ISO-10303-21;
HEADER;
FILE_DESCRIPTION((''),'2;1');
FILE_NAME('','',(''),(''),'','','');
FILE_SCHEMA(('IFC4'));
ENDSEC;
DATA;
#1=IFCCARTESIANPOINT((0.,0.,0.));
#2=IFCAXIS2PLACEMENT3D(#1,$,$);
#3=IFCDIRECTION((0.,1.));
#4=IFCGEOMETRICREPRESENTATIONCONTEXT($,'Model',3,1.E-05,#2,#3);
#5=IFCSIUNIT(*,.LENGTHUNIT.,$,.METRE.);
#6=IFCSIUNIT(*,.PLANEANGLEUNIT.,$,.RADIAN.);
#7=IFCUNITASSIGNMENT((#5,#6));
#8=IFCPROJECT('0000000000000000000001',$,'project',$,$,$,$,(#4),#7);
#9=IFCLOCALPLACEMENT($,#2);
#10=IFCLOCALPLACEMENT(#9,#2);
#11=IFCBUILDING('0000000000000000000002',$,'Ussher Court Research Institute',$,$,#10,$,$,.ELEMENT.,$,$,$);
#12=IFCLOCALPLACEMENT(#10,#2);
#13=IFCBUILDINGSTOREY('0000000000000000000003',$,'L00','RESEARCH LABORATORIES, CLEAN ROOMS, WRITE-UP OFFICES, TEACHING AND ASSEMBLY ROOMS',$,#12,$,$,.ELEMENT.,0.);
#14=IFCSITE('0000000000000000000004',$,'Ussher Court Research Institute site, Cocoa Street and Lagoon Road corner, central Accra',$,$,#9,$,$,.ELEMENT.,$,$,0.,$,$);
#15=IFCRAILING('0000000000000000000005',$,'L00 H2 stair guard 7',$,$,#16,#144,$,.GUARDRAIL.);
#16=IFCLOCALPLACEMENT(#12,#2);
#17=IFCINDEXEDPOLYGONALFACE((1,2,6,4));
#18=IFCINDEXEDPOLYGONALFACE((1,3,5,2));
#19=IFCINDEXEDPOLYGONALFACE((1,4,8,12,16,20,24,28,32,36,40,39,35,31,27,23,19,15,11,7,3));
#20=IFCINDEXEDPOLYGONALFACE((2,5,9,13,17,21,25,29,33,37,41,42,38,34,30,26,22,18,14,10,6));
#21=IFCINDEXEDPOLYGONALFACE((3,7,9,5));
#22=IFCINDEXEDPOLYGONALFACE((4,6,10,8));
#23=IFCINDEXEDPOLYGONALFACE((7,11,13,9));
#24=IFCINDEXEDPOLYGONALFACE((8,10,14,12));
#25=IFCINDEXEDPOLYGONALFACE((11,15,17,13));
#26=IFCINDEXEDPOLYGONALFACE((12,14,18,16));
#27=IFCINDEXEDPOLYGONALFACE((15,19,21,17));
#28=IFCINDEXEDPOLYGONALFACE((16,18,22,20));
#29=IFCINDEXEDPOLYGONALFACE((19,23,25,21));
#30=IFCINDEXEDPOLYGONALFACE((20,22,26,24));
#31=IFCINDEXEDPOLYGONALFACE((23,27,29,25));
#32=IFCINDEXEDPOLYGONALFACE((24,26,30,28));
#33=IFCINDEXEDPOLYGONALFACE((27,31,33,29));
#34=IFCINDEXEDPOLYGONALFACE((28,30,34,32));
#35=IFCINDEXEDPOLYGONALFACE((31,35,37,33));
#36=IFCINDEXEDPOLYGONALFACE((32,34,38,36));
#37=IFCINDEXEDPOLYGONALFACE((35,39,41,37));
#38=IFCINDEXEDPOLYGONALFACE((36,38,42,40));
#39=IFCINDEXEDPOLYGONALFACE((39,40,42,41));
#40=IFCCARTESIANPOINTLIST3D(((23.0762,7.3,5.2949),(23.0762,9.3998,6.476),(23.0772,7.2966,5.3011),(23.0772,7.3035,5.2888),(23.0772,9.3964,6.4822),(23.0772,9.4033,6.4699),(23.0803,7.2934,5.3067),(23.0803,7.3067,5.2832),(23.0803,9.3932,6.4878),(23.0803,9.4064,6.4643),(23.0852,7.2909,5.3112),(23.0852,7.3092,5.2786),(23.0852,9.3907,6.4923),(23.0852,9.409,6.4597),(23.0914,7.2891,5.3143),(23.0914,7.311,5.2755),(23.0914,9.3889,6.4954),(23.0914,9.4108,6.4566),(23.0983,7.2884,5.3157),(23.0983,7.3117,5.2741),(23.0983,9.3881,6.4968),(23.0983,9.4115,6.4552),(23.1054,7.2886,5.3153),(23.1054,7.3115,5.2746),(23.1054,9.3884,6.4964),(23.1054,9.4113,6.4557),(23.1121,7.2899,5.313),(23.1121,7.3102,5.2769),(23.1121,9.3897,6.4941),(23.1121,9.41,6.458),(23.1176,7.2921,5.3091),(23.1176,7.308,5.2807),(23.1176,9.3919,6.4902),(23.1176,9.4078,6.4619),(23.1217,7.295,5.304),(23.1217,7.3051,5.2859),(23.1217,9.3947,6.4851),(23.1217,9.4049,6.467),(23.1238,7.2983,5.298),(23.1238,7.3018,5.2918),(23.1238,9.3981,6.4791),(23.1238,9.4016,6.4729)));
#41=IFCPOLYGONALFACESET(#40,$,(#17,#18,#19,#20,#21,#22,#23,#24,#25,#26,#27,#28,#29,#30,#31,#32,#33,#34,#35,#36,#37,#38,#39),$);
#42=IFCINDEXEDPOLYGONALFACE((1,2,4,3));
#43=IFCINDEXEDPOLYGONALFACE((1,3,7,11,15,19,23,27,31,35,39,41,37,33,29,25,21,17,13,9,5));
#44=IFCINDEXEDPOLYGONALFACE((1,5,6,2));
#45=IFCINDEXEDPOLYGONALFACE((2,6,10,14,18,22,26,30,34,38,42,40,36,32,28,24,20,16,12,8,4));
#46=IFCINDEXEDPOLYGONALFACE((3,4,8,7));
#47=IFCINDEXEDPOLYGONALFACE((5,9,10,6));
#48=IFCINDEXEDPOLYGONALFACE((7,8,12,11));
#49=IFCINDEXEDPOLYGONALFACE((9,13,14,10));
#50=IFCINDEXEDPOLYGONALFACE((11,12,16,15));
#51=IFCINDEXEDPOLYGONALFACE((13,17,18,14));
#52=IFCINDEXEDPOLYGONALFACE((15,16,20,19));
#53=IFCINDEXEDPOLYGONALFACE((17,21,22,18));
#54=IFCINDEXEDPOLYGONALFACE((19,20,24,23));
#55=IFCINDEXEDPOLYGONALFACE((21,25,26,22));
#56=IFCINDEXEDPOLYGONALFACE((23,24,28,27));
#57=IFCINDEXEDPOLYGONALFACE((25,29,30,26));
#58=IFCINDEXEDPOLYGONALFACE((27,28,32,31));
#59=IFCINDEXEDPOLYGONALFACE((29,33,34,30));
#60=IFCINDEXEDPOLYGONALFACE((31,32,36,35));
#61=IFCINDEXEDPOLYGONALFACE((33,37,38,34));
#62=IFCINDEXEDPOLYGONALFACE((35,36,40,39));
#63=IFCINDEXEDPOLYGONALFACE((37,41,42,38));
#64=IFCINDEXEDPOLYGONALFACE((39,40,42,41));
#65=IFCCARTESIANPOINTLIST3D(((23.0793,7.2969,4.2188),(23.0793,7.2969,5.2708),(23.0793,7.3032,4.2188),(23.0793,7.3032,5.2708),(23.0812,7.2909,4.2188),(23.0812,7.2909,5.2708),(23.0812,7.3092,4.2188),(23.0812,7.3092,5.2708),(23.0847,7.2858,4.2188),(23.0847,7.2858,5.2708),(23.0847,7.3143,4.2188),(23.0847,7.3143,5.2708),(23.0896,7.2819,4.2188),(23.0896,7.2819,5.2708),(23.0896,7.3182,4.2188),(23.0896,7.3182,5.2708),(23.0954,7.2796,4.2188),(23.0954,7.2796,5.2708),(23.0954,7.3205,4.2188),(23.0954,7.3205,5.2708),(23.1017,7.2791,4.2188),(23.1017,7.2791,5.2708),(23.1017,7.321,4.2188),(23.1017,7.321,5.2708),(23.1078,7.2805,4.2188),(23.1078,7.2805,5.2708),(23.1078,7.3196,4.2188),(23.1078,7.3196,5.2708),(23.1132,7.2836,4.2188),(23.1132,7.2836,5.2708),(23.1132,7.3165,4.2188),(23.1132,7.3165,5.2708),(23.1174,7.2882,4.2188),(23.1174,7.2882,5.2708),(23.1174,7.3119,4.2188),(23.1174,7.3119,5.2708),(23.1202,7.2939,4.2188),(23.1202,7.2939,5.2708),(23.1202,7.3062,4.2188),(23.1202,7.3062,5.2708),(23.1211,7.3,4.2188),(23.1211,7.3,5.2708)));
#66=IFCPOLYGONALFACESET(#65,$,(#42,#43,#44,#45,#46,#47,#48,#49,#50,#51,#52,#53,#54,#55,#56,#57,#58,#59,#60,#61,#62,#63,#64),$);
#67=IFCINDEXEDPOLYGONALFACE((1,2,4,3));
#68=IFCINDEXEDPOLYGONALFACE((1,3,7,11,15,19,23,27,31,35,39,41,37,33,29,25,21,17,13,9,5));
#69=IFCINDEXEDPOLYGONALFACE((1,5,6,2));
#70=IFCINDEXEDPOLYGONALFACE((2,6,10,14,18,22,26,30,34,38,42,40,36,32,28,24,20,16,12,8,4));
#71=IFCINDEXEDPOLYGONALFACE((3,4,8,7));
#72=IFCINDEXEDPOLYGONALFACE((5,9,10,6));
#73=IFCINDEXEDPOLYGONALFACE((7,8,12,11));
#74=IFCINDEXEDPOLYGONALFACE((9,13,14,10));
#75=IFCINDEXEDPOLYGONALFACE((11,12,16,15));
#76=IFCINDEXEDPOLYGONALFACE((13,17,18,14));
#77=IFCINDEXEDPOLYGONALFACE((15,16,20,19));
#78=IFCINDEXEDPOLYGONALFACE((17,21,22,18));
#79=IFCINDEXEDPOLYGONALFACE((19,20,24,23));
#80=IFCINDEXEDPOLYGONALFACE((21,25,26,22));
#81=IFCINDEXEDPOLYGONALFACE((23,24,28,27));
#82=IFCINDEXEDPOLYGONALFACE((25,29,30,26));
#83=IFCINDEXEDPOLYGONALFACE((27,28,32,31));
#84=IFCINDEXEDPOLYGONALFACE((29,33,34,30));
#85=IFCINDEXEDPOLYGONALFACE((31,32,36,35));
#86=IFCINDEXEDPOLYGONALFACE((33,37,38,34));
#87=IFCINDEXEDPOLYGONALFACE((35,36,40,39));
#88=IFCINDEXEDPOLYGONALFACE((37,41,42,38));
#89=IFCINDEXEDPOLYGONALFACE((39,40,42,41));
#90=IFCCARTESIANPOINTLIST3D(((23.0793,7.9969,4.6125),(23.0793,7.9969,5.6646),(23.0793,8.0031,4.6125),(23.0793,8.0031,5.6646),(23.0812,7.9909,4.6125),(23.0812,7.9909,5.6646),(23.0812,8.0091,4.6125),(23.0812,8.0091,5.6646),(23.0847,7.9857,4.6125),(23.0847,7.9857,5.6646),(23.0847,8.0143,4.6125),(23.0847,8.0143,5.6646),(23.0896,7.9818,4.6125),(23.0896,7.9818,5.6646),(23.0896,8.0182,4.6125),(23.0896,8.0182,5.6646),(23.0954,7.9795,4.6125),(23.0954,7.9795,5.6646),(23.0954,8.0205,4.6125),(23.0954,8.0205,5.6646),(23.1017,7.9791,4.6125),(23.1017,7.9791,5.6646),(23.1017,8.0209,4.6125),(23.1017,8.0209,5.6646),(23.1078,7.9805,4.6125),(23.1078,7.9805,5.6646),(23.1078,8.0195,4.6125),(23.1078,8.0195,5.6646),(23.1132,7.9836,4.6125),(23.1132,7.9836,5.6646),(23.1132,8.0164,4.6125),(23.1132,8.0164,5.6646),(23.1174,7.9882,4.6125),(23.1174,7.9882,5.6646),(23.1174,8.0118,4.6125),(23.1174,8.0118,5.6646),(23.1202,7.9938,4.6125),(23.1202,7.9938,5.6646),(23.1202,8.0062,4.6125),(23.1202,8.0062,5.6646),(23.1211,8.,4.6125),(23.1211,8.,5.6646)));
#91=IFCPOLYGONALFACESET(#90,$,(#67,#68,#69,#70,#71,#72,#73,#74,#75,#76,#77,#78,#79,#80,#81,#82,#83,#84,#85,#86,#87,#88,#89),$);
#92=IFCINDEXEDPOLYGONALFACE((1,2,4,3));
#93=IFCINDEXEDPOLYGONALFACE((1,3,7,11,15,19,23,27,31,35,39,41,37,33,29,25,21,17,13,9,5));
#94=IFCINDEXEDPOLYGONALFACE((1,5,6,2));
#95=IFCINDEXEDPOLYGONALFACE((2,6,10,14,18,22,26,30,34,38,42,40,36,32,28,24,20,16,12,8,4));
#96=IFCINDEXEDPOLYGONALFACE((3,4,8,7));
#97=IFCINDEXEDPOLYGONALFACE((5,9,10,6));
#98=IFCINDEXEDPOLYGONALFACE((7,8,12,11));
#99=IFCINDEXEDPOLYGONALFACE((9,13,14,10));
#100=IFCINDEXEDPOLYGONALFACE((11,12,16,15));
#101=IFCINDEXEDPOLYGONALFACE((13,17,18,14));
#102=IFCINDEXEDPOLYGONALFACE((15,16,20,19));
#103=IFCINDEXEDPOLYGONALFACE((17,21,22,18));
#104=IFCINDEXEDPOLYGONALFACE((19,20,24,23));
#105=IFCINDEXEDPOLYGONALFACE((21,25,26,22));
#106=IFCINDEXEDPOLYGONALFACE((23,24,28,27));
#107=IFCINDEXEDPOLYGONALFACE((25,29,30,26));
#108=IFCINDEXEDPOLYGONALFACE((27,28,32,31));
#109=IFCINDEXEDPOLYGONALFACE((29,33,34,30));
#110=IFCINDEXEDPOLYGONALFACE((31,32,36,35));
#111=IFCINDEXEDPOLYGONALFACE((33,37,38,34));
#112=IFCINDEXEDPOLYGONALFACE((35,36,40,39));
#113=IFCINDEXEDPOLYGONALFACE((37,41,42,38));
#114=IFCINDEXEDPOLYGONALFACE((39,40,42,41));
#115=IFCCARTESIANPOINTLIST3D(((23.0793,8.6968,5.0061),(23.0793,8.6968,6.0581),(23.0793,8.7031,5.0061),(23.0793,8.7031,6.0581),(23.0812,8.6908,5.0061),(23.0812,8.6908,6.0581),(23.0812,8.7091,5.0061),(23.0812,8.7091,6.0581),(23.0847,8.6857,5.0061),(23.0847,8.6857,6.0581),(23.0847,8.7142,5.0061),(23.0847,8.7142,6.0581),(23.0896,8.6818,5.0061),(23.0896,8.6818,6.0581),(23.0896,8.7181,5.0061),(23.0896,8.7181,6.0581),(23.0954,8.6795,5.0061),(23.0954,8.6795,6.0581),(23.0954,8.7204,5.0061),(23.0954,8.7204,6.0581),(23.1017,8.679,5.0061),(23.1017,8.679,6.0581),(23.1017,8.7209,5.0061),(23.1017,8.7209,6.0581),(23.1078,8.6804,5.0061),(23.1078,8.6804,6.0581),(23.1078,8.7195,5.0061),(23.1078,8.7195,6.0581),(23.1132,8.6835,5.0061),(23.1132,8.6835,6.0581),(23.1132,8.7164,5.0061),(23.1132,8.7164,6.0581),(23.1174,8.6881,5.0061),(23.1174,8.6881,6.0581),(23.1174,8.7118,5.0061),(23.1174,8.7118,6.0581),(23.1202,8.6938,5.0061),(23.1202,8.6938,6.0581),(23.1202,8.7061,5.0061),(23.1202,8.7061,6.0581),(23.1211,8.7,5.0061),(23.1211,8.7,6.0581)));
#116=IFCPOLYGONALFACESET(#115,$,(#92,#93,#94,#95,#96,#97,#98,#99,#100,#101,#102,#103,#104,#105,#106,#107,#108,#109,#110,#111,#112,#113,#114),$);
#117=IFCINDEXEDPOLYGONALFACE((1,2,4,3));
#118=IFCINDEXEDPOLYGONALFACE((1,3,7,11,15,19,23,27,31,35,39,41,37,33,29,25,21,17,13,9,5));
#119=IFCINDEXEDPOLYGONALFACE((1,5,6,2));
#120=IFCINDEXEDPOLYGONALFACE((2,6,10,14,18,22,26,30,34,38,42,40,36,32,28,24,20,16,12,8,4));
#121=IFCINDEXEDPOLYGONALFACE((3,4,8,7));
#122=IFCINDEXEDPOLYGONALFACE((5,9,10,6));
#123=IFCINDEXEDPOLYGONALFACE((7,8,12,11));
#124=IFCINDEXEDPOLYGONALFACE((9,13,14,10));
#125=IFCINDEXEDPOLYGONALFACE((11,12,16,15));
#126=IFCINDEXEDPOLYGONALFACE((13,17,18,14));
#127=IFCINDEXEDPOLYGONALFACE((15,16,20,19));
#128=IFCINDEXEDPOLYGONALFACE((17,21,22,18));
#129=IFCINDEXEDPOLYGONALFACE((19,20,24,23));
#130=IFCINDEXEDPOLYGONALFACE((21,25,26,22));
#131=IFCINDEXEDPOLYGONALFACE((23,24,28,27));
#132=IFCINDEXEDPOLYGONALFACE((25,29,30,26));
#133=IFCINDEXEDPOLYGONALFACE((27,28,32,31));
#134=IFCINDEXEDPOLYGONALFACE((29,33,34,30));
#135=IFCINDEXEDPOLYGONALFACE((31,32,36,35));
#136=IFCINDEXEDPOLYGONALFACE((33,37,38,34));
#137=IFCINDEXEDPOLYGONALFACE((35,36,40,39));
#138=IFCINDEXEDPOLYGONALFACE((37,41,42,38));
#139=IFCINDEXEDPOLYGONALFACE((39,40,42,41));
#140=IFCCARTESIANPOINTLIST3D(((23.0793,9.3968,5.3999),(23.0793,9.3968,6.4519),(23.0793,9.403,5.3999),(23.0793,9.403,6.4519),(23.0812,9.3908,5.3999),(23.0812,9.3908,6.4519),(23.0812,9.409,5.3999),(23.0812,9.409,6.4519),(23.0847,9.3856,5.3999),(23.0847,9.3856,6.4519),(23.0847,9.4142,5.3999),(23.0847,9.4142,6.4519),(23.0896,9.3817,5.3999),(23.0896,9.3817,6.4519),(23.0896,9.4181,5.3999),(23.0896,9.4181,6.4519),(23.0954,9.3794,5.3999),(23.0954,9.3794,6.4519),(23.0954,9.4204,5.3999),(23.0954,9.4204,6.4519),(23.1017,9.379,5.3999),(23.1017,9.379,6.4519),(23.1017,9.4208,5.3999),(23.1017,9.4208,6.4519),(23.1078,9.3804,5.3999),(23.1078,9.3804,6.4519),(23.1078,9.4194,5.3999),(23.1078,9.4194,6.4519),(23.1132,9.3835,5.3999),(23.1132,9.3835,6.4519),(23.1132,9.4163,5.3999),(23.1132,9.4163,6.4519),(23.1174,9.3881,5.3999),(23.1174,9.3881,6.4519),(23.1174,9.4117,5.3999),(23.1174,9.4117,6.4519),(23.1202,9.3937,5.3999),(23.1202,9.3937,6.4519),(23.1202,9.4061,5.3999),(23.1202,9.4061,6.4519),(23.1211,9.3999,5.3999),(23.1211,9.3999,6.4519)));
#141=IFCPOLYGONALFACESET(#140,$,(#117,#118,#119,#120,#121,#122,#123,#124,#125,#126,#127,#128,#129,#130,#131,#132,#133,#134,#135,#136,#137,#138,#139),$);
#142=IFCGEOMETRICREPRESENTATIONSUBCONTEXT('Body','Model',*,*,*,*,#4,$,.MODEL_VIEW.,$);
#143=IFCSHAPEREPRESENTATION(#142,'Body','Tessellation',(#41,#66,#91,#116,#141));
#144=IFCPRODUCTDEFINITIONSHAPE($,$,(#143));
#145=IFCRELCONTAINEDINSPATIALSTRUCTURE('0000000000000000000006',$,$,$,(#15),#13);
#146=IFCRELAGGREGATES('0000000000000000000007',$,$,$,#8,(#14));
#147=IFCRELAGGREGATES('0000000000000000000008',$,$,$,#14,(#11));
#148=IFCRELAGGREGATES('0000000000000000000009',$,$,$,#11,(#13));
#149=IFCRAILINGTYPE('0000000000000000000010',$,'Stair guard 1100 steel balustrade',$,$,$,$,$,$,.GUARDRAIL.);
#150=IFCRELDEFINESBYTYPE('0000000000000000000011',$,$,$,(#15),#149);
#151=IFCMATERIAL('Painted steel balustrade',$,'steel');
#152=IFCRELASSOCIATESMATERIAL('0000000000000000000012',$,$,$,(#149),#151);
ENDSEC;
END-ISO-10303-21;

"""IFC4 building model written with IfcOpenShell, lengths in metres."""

from ifc_helpers import new_model, si_unit, direction, frame, origin, origin_2d, place, context, subcontext, project, spatial, circle, extrude, material, type_object, element, save


model = new_model("IFC4")

# Units and contexts
model_context = context("Model", 3, precision=1e-05, world=origin(), true_north=direction((0.0, 1.0)))
body_context = subcontext(model_context, "Body", "Model", "MODEL_VIEW")
ifc_project = project(units=[si_unit("LENGTHUNIT", "METRE"), si_unit("PLANEANGLEUNIT", "RADIAN")], contexts=[model_context])

# Site, building, storey
site_placement = place(None, origin())
site = spatial("IfcSite", under=ifc_project, at=site_placement, Name="Ussher Court Research Institute site, Cocoa Street and Lagoon Road corner, central Accra", CompositionType="ELEMENT", RefElevation=0.0)
building_placement = place(site_placement, origin())
building = spatial("IfcBuilding", under=site, at=building_placement, Name="Ussher Court Research Institute", CompositionType="ELEMENT")
storey_placement = place(building_placement, origin())
storey = spatial("IfcBuildingStorey", under=building, at=storey_placement, Name="L00", Description="RESEARCH LABORATORIES, CLEAN ROOMS, WRITE-UP OFFICES, TEACHING AND ASSEMBLY ROOMS", CompositionType="ELEMENT", Elevation=0.0)

# Railing
ifc_material_1 = material(Name="Painted steel balustrade", Category="steel")
railing_type_1 = type_object("IfcRailingType", Name="Stair guard 1100 steel balustrade", PredefinedType="GUARDRAIL", material=ifc_material_1)
for number, where, name in (
    (1, (23.1001, 7.3, 4.2188), "L00 H2 stair guard 7"),
):
    element("IfcRailing", number, at=place(storey_placement, frame(where)), inside=storey, type_object=railing_type_1, Name=name, PredefinedType="GUARDRAIL", context=body_context, shape_type="SweptSolid", body=[
        extrude(circle(Radius=0.0239, at=origin_2d()), frame((0.0, 0.0, 1.0762), z_axis=(0.0, 0.871578, 0.490256), x_axis=(-1.0, 0.0, 0.0)), (0.0, 0.0, 1.0), 2.4092),
        extrude(circle(Radius=0.021, at=origin_2d()), origin(), (0.0, 0.0, 1.0), 1.052),
        extrude(circle(Radius=0.021, at=origin_2d()), frame((0.0, 0.7, 0.3938)), (0.0, 0.0, 1.0), 1.052),
        extrude(circle(Radius=0.021, at=origin_2d()), frame((0.0, 1.3999, 0.7874)), (0.0, 0.0, 1.0), 1.052),
        extrude(circle(Radius=0.021, at=origin_2d()), frame((0.0, 2.0999, 1.1812)), (0.0, 0.0, 1.0), 1.052),
    ])

save(model, "model.ifc")
